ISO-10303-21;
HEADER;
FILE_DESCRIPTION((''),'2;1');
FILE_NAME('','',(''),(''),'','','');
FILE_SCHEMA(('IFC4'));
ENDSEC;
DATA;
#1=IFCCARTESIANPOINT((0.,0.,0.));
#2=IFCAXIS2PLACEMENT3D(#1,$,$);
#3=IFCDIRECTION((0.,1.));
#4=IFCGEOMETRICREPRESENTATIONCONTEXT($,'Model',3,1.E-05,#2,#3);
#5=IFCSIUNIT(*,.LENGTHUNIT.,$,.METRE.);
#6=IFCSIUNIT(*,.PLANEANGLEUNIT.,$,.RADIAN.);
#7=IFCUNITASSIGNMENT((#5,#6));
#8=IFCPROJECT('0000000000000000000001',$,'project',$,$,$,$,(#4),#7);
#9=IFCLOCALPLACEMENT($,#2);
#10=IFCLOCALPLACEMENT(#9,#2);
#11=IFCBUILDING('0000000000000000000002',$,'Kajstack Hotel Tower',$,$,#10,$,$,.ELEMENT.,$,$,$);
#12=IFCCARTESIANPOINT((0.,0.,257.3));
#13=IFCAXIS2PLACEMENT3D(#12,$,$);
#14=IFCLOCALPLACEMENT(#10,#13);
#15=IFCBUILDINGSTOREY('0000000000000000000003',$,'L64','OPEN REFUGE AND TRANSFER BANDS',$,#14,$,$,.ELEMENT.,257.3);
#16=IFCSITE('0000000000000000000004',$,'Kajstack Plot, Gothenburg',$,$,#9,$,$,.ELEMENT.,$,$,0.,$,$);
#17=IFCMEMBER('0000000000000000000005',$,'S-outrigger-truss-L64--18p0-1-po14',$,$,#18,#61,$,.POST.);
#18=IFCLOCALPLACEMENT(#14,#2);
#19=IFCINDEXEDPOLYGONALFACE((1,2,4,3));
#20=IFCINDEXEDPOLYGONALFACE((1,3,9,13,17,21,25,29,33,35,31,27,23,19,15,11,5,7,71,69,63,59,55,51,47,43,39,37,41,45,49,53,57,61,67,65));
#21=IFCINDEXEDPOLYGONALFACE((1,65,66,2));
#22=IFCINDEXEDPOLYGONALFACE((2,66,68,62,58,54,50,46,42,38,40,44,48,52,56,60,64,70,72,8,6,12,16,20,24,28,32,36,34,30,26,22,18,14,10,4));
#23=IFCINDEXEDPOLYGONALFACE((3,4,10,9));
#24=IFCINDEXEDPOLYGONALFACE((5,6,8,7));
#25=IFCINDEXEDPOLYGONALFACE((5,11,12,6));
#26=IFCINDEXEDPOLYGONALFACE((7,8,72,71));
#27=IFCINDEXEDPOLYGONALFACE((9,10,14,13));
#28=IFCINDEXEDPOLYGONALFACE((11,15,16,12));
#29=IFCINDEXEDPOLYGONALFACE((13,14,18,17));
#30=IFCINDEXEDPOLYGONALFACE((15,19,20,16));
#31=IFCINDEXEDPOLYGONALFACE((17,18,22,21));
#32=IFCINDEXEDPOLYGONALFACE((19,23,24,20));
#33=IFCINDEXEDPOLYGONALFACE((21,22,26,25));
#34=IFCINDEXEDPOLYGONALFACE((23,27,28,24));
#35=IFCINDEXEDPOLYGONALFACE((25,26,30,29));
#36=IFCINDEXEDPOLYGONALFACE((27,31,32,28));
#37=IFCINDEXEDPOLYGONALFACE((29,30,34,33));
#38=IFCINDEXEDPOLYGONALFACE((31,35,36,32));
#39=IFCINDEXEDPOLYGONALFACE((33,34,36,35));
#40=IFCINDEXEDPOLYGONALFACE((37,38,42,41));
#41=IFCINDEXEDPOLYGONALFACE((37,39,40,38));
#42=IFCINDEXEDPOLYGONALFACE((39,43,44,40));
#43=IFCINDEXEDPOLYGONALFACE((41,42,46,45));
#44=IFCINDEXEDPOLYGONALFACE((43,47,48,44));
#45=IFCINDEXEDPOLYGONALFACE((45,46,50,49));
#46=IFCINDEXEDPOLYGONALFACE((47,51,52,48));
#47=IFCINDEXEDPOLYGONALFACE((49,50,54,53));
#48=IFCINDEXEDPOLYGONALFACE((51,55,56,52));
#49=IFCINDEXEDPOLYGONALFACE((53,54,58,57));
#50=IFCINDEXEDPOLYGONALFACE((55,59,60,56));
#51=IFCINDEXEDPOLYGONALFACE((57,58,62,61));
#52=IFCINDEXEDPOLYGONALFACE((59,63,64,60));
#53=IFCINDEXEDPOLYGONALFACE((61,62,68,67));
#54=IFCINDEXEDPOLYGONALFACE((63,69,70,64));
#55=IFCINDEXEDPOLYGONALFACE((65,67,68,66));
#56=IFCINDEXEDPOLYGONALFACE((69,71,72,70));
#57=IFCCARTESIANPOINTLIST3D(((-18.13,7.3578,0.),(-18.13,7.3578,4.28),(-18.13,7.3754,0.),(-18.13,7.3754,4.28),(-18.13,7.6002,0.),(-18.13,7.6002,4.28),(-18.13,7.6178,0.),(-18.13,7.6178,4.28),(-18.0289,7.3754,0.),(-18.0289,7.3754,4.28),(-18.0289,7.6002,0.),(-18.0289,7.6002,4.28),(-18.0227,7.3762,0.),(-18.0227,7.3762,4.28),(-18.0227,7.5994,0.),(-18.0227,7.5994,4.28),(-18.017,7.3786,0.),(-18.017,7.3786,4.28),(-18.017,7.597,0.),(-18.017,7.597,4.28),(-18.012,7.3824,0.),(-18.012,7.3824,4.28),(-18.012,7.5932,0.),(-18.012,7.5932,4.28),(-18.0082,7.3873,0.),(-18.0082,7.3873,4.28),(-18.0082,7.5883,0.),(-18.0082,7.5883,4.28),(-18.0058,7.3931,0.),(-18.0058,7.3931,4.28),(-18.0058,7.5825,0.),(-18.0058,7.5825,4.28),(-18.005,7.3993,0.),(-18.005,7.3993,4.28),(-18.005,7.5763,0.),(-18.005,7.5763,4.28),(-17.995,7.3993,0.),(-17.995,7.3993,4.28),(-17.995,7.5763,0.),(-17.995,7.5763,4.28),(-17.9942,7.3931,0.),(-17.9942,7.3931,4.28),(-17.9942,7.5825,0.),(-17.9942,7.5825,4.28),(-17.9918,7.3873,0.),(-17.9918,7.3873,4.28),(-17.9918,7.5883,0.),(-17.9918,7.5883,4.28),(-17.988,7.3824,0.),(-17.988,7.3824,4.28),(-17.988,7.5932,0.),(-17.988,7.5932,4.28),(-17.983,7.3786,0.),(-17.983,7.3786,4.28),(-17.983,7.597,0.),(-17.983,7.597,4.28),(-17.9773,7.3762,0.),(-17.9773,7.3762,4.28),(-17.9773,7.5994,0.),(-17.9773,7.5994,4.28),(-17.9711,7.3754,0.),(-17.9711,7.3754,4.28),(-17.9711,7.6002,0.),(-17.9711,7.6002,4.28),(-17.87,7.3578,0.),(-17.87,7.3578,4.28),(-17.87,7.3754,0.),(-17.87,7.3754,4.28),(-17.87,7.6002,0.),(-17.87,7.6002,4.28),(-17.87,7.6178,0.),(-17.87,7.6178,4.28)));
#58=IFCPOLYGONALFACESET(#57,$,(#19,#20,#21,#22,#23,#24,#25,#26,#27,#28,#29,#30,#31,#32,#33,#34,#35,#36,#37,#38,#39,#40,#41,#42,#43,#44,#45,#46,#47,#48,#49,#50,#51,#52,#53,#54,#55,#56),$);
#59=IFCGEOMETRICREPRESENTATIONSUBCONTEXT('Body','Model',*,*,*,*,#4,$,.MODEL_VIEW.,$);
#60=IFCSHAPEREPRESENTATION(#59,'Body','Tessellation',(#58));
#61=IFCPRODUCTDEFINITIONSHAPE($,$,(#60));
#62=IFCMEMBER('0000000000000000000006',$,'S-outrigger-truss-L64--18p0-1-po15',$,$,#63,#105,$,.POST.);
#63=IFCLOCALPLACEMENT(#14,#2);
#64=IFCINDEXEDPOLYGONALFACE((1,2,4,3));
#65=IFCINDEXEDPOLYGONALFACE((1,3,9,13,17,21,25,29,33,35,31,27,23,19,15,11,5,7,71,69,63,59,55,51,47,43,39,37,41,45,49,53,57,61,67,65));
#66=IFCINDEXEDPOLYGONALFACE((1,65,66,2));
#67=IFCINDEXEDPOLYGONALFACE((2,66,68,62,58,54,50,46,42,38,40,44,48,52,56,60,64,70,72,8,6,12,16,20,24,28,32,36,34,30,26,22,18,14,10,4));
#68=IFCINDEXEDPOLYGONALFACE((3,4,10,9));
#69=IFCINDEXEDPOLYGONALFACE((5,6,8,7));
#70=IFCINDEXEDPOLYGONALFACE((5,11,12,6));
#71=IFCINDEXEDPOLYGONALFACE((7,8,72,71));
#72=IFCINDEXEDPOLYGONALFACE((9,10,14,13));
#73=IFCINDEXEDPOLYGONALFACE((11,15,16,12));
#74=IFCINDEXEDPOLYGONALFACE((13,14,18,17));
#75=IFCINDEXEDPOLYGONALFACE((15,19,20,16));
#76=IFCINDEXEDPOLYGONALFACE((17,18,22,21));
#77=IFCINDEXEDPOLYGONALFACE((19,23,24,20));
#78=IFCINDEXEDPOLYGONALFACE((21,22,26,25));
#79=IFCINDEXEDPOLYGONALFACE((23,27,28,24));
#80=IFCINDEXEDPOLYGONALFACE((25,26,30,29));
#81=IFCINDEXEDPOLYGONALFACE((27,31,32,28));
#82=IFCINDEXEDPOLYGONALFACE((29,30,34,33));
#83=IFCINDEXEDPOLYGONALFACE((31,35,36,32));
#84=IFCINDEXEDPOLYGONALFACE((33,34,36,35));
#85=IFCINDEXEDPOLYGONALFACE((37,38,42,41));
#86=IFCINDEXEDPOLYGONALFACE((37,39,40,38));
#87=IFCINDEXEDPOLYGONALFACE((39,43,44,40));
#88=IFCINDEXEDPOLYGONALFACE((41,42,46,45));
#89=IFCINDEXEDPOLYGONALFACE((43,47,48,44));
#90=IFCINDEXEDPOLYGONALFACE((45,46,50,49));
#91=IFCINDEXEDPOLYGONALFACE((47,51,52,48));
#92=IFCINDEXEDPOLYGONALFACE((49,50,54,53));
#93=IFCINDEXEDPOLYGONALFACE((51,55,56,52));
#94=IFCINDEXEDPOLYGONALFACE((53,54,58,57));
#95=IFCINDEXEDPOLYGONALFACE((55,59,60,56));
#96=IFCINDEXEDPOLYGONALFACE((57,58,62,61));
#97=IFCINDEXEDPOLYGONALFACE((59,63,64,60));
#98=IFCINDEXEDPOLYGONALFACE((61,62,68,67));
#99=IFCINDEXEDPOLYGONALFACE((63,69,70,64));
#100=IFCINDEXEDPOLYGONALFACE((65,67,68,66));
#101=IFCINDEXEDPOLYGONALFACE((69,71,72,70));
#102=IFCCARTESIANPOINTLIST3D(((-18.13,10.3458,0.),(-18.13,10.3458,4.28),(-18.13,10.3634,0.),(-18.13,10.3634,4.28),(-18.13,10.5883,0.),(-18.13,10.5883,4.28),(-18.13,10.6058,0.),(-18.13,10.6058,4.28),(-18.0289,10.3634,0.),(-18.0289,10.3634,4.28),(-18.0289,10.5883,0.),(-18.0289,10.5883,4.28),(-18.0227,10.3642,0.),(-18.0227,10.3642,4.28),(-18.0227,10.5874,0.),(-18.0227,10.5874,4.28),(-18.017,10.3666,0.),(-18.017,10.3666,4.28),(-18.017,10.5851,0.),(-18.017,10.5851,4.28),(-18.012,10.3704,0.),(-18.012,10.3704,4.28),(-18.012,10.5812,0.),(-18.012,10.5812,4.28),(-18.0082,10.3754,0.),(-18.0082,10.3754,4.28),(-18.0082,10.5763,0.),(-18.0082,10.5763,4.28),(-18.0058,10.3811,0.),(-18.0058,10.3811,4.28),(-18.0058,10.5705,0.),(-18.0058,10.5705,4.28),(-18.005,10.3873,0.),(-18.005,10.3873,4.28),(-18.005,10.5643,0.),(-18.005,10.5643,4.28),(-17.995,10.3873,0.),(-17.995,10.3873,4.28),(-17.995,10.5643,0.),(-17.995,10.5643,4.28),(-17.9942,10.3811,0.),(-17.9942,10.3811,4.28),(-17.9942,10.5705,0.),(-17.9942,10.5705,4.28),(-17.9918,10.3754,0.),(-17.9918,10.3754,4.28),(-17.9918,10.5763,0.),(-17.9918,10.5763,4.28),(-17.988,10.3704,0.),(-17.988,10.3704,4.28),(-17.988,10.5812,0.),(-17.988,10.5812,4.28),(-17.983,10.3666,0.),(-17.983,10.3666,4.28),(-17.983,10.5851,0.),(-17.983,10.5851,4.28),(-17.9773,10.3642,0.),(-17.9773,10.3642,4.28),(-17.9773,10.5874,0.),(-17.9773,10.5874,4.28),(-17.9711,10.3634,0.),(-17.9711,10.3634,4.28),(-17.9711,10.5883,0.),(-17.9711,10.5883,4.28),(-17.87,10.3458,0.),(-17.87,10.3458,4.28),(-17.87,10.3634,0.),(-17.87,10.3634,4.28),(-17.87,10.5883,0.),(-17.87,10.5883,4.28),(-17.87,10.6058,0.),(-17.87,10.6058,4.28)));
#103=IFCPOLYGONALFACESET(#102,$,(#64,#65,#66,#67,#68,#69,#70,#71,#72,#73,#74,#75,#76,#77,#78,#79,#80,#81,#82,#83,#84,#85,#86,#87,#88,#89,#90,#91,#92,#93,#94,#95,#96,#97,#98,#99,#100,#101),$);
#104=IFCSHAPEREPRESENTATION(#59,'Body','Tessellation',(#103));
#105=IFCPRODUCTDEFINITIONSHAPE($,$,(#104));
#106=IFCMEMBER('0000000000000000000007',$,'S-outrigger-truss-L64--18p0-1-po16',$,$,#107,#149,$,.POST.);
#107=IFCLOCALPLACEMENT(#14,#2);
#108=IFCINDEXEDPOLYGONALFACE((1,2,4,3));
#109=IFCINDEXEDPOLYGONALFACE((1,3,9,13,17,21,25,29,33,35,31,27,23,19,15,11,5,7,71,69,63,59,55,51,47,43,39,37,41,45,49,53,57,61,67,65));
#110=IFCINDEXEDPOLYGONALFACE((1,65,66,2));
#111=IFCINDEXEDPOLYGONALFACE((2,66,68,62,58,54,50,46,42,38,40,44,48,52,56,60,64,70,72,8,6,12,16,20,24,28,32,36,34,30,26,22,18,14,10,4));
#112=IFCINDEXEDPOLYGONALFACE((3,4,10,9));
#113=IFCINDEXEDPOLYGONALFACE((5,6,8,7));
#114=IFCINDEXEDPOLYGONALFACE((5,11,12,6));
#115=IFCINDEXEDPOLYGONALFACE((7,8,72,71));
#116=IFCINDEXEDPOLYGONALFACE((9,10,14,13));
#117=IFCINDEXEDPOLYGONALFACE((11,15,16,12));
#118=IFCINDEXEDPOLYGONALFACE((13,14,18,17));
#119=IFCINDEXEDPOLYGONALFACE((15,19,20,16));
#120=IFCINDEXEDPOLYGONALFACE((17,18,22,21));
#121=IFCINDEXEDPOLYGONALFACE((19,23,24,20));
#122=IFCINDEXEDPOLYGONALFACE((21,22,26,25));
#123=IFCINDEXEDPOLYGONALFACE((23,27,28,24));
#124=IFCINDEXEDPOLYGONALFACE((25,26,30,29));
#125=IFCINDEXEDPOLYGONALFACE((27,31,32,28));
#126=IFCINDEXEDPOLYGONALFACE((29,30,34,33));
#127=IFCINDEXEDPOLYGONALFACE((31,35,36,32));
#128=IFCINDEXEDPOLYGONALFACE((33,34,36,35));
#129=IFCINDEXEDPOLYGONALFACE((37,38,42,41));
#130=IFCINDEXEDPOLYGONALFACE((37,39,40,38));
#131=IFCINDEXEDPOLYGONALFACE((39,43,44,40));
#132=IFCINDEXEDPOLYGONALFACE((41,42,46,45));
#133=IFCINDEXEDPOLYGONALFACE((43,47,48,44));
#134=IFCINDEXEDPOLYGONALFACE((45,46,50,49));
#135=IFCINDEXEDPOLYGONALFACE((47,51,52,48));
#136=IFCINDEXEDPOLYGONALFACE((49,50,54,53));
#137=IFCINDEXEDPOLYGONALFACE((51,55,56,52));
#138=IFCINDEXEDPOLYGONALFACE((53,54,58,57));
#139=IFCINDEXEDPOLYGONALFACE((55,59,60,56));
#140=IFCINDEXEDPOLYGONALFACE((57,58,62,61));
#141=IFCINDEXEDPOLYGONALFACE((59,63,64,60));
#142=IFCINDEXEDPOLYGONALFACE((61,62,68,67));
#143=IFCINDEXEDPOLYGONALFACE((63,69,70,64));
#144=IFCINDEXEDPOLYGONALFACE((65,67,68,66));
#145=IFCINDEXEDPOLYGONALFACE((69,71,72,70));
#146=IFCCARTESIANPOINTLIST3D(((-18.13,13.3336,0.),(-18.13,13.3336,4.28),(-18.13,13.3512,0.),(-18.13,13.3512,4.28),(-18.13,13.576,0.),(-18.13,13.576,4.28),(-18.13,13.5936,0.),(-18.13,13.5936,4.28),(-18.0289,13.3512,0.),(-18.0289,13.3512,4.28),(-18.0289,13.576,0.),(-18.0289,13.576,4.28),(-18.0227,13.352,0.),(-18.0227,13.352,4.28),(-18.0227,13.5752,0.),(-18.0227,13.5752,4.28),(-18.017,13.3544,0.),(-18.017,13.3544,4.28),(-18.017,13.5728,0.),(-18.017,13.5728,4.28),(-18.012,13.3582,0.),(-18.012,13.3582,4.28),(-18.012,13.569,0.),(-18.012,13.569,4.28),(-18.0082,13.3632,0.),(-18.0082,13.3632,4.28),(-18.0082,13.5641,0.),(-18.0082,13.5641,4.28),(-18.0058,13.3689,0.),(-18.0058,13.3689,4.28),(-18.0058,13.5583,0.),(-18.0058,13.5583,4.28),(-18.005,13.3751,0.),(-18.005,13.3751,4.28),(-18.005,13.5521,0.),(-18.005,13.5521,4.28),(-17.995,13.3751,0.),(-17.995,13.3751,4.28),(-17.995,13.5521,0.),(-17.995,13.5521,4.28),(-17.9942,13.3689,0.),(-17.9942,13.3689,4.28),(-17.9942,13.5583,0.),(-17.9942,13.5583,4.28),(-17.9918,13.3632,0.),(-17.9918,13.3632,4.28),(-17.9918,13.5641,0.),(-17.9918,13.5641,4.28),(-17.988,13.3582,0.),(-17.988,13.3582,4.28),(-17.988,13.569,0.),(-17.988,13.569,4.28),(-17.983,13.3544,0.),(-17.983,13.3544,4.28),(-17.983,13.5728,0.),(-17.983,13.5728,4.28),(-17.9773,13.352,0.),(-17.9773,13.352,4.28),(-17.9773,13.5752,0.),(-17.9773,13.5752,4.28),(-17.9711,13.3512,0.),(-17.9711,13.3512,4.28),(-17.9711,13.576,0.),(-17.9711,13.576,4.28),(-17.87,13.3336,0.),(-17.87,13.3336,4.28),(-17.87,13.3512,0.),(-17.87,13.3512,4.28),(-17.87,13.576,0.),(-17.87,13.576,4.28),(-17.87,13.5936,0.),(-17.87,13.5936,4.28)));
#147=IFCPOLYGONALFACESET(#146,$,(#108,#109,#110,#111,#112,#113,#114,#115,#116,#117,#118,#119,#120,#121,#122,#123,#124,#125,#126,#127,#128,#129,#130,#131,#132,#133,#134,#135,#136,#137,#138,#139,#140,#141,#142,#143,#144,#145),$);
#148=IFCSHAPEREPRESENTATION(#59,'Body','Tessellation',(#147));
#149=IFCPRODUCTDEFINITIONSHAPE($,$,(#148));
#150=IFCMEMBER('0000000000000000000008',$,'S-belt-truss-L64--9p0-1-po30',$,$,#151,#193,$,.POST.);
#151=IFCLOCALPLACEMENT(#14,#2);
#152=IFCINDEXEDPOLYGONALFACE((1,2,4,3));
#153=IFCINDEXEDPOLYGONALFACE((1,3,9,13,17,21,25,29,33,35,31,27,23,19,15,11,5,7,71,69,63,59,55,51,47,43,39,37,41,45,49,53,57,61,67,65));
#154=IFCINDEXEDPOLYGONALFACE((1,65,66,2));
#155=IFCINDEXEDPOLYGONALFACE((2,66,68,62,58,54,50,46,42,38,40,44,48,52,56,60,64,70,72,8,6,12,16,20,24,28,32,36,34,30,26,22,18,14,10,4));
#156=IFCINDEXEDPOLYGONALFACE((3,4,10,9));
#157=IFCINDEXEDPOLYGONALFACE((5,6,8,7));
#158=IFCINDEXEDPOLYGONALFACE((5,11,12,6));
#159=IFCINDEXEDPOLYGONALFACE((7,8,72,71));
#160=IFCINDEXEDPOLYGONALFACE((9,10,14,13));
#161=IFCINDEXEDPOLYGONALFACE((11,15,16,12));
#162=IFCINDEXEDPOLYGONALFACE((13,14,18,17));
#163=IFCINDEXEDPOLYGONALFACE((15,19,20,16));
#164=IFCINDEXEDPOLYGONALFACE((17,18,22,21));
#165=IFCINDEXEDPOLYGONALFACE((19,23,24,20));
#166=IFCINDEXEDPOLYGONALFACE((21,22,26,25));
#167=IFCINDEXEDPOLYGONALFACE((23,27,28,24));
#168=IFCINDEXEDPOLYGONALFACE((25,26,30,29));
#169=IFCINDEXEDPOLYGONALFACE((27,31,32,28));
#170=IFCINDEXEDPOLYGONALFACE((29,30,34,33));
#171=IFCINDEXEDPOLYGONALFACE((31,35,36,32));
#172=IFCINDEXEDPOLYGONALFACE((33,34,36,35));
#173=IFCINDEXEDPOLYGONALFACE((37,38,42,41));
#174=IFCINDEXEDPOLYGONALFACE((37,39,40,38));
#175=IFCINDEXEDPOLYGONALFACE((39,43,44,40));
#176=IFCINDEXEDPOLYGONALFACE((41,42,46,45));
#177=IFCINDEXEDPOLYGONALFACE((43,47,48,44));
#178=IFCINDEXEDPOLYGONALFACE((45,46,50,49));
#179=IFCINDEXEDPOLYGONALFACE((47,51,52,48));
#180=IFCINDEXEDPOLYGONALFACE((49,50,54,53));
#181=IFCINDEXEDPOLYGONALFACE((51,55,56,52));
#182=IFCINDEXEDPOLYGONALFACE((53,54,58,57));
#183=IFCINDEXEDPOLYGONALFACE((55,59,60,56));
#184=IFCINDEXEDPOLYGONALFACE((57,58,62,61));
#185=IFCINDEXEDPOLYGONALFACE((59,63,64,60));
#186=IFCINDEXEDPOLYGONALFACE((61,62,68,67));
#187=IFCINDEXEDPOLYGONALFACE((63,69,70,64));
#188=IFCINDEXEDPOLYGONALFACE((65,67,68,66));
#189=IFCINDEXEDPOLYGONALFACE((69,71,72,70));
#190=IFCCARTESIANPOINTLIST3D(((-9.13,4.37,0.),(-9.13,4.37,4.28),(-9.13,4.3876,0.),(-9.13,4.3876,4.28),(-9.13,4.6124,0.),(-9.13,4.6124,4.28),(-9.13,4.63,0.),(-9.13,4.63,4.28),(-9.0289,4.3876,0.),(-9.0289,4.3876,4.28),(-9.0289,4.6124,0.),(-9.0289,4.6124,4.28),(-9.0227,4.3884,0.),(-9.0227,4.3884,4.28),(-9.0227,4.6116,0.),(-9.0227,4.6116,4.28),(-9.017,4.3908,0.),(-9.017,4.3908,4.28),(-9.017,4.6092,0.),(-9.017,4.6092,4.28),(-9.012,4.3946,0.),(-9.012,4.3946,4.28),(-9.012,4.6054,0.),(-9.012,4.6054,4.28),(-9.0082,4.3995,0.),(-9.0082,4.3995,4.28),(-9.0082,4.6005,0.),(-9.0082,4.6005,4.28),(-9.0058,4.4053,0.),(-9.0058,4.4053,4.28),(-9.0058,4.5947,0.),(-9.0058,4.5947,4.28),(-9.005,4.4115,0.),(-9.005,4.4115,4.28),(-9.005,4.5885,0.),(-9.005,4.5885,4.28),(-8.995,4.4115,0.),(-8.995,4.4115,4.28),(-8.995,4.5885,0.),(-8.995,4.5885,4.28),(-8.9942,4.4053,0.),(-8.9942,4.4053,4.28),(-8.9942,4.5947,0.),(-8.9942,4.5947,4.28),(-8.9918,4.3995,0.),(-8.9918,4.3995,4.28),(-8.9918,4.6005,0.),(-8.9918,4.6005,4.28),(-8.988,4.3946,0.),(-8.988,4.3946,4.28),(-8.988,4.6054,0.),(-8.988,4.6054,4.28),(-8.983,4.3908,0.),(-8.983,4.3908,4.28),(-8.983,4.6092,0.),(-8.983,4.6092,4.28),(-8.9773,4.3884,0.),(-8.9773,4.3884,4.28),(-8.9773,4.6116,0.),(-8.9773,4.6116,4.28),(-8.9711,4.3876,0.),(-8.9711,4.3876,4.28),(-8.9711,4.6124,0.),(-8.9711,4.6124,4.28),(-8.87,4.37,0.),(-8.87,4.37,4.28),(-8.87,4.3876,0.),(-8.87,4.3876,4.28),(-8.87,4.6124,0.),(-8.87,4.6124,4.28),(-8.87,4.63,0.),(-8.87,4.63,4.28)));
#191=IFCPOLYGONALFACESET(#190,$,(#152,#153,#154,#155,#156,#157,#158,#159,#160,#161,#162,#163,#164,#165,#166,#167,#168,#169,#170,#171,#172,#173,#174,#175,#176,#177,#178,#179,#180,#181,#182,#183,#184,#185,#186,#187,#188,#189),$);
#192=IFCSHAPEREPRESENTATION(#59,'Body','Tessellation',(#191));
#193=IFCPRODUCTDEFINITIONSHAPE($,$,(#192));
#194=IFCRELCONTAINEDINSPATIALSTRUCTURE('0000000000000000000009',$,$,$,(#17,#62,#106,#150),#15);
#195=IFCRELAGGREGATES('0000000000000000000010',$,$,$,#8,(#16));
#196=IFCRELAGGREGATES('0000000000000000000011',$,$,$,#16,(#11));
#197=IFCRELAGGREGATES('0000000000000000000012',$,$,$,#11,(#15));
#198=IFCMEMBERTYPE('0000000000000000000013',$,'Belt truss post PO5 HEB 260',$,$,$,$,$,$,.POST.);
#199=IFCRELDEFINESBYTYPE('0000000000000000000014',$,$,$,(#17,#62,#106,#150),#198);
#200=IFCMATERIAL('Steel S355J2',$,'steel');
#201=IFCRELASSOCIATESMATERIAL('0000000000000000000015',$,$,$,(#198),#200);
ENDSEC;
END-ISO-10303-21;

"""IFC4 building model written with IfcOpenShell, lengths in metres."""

from ifc_helpers import new_model, si_unit, direction, frame, origin, origin_2d, place, context, subcontext, project, spatial, i_section, extrude, material, material_profile, profile_set, type_object, element, save


model = new_model("IFC4")

# Units and contexts
model_context = context("Model", 3, precision=1e-05, world=origin(), true_north=direction((0.0, 1.0)))
body_context = subcontext(model_context, "Body", "Model", "MODEL_VIEW")
ifc_project = project(units=[si_unit("LENGTHUNIT", "METRE"), si_unit("PLANEANGLEUNIT", "RADIAN")], contexts=[model_context])

# Site, building, storey
site_placement = place(None, origin())
site = spatial("IfcSite", under=ifc_project, at=site_placement, Name="Kajstack Plot, Gothenburg", CompositionType="ELEMENT", RefElevation=0.0)
building_placement = place(site_placement, origin())
building = spatial("IfcBuilding", under=site, at=building_placement, Name="Kajstack Hotel Tower", CompositionType="ELEMENT")
storey_placement = place(building_placement, frame((0.0, 0.0, 257.3)))
storey = spatial("IfcBuildingStorey", under=building, at=storey_placement, Name="L64", Description="OPEN REFUGE AND TRANSFER BANDS", CompositionType="ELEMENT", Elevation=257.3)

# Members
ifc_material = material(Name="Steel S355J2", Category="steel")
ifc_material_profile_1 = material_profile(ifc_material, i_section(OverallWidth=0.26, OverallDepth=0.26, WebThickness=0.01, FlangeThickness=0.0176, FilletRadius=0.0239, at=origin_2d()), Name="HEB 260")
ifc_profile_set_1 = profile_set([ifc_material_profile_1], Name="Steel S355J2")
member_type_1 = type_object("IfcMemberType", Name="Belt truss post PO5 HEB 260", PredefinedType="POST", material=ifc_profile_set_1)
for number, where, z_axis, x_axis, name in (
    (1, (-18.0, 7.4878, 0.0), (0.0, 0.0, 1.0), (1.0, 0.0, 0.0), "S-outrigger-truss-L64--18p0-1-po14"),
    (2, (-18.0, 10.4758, 0.0), (0.0, 0.0, 1.0), (1.0, 0.0, 0.0), "S-outrigger-truss-L64--18p0-1-po15"),
    (3, (-18.0, 13.4636, 0.0), (0.0, 0.0, 1.0), (1.0, 0.0, 0.0), "S-outrigger-truss-L64--18p0-1-po16"),
    (4, (-9.0, 4.5, 0.0), (0.0, 0.0, 1.0), (1.0, 0.0, 0.0), "S-belt-truss-L64--9p0-1-po30"),
):
    element("IfcMember", number, at=place(storey_placement, frame(where, z_axis=z_axis, x_axis=x_axis)), inside=storey, type_object=member_type_1, Name=name, PredefinedType="POST", context=body_context, shape_type="SweptSolid", body=[
        extrude(i_section(OverallWidth=0.26, OverallDepth=0.26, WebThickness=0.01, FlangeThickness=0.0176, FilletRadius=0.0239, at=origin_2d()), origin(), (0.0, 0.0, 1.0), 4.28),
    ])

save(model, "model.ifc")
